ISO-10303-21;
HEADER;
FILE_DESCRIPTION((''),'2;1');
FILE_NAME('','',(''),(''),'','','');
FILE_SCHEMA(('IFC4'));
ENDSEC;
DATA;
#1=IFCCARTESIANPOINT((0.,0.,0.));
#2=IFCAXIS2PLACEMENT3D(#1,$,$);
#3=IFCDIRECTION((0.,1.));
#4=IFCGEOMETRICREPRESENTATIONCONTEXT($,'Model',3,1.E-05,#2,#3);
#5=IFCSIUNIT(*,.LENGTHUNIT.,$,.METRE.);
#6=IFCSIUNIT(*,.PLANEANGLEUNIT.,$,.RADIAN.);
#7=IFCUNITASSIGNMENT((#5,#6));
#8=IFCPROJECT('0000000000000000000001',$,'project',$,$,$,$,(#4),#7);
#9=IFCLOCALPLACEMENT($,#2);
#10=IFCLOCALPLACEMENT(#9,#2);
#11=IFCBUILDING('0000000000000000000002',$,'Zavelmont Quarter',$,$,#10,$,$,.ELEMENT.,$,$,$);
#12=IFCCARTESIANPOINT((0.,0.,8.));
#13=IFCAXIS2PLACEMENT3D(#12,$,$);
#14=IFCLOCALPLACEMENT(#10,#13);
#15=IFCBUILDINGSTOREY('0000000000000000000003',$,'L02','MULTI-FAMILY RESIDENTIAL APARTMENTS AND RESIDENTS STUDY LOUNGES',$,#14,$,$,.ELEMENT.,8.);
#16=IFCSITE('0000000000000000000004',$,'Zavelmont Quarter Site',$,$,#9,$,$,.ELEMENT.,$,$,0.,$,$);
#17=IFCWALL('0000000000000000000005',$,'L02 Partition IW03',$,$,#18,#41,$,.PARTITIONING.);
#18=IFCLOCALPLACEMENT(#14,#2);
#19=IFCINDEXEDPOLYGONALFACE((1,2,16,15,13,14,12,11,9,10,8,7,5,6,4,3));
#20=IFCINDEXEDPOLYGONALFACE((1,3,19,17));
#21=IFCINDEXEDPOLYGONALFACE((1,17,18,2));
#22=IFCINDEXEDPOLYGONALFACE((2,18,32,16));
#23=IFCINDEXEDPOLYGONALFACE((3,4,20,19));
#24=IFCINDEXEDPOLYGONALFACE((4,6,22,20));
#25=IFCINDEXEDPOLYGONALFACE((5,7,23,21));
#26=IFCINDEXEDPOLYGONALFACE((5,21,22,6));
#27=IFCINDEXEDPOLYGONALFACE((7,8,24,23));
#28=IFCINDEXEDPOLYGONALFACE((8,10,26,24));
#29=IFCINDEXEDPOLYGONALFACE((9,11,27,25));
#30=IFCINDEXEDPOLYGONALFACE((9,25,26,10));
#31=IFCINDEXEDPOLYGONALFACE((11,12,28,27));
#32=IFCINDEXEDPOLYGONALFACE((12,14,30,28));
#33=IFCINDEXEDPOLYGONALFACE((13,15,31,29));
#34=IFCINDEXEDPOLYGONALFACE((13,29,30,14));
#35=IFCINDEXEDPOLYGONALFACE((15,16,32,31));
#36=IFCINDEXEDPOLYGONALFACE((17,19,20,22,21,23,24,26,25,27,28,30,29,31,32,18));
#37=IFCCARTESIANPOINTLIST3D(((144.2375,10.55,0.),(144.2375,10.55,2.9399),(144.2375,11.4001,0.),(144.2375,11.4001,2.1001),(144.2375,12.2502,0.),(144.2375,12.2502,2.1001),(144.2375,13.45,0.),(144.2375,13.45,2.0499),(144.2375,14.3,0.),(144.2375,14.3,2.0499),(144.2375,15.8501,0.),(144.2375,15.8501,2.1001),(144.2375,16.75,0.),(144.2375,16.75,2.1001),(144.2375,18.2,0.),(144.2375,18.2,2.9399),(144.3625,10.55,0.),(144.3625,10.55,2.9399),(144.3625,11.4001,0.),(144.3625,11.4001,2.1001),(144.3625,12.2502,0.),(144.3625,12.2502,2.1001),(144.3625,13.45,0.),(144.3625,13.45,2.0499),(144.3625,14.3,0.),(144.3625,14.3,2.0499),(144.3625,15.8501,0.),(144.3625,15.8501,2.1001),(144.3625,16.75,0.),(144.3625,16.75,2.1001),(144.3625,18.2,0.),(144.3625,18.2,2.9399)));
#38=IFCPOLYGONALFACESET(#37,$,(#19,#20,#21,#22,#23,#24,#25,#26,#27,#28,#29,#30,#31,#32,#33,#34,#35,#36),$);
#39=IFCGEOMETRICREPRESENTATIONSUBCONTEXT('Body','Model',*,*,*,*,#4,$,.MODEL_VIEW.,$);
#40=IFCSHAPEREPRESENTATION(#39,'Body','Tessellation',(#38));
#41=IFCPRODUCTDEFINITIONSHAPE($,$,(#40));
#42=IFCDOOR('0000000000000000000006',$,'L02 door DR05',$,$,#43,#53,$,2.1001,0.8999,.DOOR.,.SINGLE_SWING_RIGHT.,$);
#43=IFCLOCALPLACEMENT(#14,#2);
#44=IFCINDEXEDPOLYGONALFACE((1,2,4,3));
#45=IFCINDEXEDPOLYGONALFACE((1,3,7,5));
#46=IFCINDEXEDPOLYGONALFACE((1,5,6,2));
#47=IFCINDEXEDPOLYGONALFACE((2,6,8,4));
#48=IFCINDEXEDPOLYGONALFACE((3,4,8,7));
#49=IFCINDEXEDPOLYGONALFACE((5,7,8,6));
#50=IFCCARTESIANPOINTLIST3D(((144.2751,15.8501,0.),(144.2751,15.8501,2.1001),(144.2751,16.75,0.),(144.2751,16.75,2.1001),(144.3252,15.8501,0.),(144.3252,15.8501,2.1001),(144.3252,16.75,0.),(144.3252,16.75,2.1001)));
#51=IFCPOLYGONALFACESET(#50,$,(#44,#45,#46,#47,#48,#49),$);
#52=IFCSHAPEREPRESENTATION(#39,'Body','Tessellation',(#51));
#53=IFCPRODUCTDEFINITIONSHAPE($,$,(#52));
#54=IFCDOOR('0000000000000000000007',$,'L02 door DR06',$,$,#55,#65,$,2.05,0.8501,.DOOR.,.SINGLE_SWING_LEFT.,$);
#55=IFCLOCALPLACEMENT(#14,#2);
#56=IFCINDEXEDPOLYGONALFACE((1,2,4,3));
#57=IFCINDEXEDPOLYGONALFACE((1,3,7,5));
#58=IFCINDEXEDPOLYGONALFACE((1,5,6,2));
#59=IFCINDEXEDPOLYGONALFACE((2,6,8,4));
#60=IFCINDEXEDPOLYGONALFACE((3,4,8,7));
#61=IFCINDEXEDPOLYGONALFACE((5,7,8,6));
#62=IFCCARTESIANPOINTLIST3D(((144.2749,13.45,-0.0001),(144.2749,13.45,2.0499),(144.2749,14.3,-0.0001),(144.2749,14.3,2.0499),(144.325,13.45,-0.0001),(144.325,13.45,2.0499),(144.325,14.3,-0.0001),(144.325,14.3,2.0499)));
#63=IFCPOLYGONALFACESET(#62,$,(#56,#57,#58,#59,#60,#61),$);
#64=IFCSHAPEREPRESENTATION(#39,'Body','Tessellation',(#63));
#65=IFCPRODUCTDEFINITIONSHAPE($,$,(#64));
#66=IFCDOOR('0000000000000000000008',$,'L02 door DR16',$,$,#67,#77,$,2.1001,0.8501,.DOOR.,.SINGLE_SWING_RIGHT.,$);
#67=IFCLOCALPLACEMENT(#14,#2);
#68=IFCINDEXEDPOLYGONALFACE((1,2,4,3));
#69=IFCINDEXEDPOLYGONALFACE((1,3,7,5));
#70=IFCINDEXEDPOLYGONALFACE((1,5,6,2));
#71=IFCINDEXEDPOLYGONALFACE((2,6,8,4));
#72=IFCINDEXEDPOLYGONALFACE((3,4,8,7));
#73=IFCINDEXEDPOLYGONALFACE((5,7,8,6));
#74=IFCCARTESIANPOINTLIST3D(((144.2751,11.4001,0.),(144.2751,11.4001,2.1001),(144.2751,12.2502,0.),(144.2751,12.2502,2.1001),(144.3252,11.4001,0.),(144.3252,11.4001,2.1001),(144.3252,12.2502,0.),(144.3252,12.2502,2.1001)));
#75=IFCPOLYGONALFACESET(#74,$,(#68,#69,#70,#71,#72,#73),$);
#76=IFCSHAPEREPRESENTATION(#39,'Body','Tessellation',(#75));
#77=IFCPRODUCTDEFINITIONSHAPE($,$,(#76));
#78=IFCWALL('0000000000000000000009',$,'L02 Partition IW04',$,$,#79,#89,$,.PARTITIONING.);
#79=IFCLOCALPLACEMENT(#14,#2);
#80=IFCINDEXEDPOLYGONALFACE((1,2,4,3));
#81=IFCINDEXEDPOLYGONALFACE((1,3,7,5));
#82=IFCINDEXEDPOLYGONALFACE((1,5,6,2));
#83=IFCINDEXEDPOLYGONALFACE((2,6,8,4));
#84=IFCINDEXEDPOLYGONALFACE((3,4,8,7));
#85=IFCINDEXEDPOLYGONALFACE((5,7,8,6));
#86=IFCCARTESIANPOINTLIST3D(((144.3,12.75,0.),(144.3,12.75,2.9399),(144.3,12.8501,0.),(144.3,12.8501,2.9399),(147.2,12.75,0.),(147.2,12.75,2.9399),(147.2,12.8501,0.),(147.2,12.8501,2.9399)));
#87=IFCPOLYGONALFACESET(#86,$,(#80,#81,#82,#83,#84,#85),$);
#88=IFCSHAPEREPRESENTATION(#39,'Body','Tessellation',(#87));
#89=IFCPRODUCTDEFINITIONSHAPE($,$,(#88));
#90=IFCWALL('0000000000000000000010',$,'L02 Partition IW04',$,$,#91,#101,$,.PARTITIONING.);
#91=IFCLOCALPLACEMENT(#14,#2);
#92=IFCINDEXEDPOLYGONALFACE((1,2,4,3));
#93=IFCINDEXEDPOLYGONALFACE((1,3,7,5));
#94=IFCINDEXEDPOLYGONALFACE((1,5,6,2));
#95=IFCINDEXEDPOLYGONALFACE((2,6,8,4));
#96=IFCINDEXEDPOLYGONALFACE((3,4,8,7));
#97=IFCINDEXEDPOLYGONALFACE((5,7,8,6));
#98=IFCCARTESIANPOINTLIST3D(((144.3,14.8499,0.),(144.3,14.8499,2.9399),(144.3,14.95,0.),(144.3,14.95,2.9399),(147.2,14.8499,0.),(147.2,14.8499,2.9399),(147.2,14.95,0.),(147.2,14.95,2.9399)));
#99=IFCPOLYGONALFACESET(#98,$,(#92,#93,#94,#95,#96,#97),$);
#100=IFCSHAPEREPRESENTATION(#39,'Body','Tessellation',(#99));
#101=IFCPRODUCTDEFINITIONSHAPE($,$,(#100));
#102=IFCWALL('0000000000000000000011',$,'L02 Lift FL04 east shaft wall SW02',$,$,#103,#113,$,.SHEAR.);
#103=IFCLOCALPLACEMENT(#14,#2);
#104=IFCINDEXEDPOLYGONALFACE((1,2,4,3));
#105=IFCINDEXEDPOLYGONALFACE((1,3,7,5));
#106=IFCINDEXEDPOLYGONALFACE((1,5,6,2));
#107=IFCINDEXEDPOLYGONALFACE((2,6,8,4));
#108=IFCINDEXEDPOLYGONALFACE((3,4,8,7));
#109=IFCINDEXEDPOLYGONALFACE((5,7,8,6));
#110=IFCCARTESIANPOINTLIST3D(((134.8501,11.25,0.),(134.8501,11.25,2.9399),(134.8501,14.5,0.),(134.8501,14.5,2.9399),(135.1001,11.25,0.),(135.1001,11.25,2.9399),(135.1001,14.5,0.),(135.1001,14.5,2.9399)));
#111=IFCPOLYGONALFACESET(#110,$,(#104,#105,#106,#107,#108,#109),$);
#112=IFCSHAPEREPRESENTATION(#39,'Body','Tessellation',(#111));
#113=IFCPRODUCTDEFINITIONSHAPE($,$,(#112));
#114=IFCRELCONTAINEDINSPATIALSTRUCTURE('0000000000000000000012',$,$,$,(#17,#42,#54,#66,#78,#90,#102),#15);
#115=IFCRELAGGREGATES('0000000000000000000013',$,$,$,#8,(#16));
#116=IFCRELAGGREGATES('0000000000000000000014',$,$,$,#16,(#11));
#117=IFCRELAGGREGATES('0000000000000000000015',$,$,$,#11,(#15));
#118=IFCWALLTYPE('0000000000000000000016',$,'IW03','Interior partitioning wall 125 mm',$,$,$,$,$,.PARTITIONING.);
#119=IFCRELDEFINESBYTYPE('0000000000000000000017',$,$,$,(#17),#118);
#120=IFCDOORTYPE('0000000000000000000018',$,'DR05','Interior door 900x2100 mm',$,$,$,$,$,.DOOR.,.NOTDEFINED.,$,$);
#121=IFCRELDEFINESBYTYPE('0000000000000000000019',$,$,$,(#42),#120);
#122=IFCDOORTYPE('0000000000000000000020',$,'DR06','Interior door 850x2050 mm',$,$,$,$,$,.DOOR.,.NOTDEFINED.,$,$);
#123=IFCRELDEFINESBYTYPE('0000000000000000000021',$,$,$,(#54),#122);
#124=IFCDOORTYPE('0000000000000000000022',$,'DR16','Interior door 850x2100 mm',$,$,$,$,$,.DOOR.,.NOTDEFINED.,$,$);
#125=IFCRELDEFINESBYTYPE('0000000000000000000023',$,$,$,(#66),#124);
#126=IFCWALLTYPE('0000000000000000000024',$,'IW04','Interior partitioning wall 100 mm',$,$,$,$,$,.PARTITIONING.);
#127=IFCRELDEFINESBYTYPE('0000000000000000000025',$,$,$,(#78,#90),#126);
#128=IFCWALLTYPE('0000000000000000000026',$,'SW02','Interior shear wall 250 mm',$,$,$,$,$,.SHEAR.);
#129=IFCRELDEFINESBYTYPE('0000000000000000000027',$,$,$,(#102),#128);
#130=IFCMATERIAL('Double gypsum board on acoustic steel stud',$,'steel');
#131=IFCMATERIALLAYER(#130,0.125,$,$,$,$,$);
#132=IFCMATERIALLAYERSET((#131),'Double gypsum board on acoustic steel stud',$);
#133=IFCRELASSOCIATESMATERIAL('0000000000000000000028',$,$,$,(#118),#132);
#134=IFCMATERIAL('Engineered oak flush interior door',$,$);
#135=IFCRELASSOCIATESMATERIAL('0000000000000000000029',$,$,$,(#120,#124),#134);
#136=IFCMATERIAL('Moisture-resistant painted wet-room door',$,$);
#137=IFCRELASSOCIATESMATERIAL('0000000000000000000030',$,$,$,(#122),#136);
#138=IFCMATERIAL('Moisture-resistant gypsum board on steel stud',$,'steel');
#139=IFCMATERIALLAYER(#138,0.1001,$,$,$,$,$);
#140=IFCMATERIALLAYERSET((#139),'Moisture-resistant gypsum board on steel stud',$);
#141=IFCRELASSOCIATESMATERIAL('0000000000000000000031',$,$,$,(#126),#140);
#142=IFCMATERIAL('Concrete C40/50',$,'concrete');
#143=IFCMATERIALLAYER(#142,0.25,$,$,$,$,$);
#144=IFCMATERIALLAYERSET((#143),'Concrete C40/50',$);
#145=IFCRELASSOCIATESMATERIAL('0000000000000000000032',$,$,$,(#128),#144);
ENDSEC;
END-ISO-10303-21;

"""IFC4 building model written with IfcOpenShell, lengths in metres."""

from ifc_helpers import new_model, si_unit, direction, frame, frame_2d, origin, origin_with_axes, place, context, subcontext, project, spatial, rectangle, extrude, material, layer, layer_set, type_object, element, fill, save


model = new_model("IFC4")

# Units and contexts
model_context = context("Model", 3, precision=1e-05, world=origin(), true_north=direction((0.0, 1.0)))
body_context = subcontext(model_context, "Body", "Model", "MODEL_VIEW")
ifc_project = project(units=[si_unit("LENGTHUNIT", "METRE"), si_unit("PLANEANGLEUNIT", "RADIAN")], contexts=[model_context])

# Site, building, storey
site_placement = place(None, origin())
site = spatial("IfcSite", under=ifc_project, at=site_placement, Name="Zavelmont Quarter Site", CompositionType="ELEMENT", RefElevation=0.0)
building_placement = place(site_placement, origin())
building = spatial("IfcBuilding", under=site, at=building_placement, Name="Zavelmont Quarter", CompositionType="ELEMENT")
storey_placement = place(building_placement, frame((0.0, 0.0, 8.0)))
storey = spatial("IfcBuildingStorey", under=building, at=storey_placement, Name="L02", Description="MULTI-FAMILY RESIDENTIAL APARTMENTS AND RESIDENTS STUDY LOUNGES", CompositionType="ELEMENT", Elevation=8.0)

# Shared definitions
ifc_material_1 = material(Name="Concrete C40/50", Category="concrete")

# Wall, openings, doors
ifc_material_2 = material(Name="Double gypsum board on acoustic steel stud", Category="steel")
ifc_layer_1 = layer(ifc_material_2, 0.125)
ifc_layer_set_1 = layer_set([ifc_layer_1], Name="Double gypsum board on acoustic steel stud")
wall_type_1 = type_object("IfcWallType", Name="IW03", Description="Interior partitioning wall 125 mm", PredefinedType="PARTITIONING", material=ifc_layer_set_1)
wall_1_placement = place(storey_placement, frame((144.3, 10.55, 0.0), z_axis=(0.0, 0.0, 1.0), x_axis=(0.0, 1.0, 0.0)))
wall_1 = element("IfcWall", 1, at=wall_1_placement, inside=storey, type_object=wall_type_1, Name="L02 Partition IW03", PredefinedType="PARTITIONING", context=body_context, shape_type="SweptSolid", body=[
    extrude(rectangle(XDim=7.6499, YDim=0.125, at=frame_2d((3.825, 0.0))), origin(), (0.0, 0.0, 1.0), 2.9399),
])
opening_1_placement = place(wall_1_placement, frame((0.8501, 0.0, 0.0)))
opening_1 = element("IfcOpeningElement", 2, at=opening_1_placement, cuts=wall_1, PredefinedType="OPENING", context=body_context, shape_type="SweptSolid", body=[
    extrude(rectangle(XDim=0.8501, YDim=2.1001, at=frame_2d((0.425, 1.05))), frame((0.0, 0.0745, 0.0), z_axis=(0.0, -1.0, 0.0), x_axis=(1.0, 0.0, 0.0)), (0.0, 0.0, 1.0), 0.1489),
])
opening_2_placement = place(wall_1_placement, frame((2.8999, 0.0, 0.0)))
opening_2 = element("IfcOpeningElement", 3, at=opening_2_placement, cuts=wall_1, PredefinedType="OPENING", context=body_context, shape_type="SweptSolid", body=[
    extrude(rectangle(XDim=0.8501, YDim=2.05, at=frame_2d((0.425, 1.0249))), frame((0.0, 0.0745, 0.0), z_axis=(0.0, -1.0, 0.0), x_axis=(1.0, 0.0, 0.0)), (0.0, 0.0, 1.0), 0.1489),
])
opening_3_placement = place(wall_1_placement, frame((5.3, 0.0, 0.0)))
opening_3 = element("IfcOpeningElement", 4, at=opening_3_placement, cuts=wall_1, PredefinedType="OPENING", context=body_context, shape_type="SweptSolid", body=[
    extrude(rectangle(XDim=0.8999, YDim=2.1001, at=frame_2d((0.45, 1.05))), frame((0.0, 0.0745, 0.0), z_axis=(0.0, -1.0, 0.0), x_axis=(1.0, 0.0, 0.0)), (0.0, 0.0, 1.0), 0.1489),
])
ifc_material_3 = material(Name="Engineered oak flush interior door")
door_type_1 = type_object("IfcDoorType", Name="DR05", Description="Interior door 900x2100 mm", OperationType="NOTDEFINED", PredefinedType="DOOR", material=ifc_material_3)
door_1_placement = place(opening_3_placement, origin_with_axes())
door_1 = element("IfcDoor", 5, at=door_1_placement, inside=storey, type_object=door_type_1, Name="L02 door DR05", OperationType="SINGLE_SWING_RIGHT", OverallHeight=2.1001, OverallWidth=0.8999, PredefinedType="DOOR", context=body_context, shape_type="SweptSolid", body=[
    extrude(rectangle(XDim=0.8999, YDim=2.1001, at=frame_2d((0.45, 1.05))), frame((0.0, 0.0249, 0.0), z_axis=(0.0, -1.0, 0.0), x_axis=(1.0, 0.0, 0.0)), (0.0, 0.0, 1.0), 0.05),
])
fill(opening_3, door_1)
ifc_material_4 = material(Name="Moisture-resistant painted wet-room door")
door_type_2 = type_object("IfcDoorType", Name="DR06", Description="Interior door 850x2050 mm", OperationType="NOTDEFINED", PredefinedType="DOOR", material=ifc_material_4)
door_2_placement = place(opening_2_placement, frame((0.8501, 0.0, 0.0), z_axis=(0.0, 0.0, 1.0), x_axis=(-1.0, 0.0, 0.0)))
door_2 = element("IfcDoor", 6, at=door_2_placement, inside=storey, type_object=door_type_2, Name="L02 door DR06", OperationType="SINGLE_SWING_LEFT", OverallHeight=2.05, OverallWidth=0.8501, PredefinedType="DOOR", context=body_context, shape_type="SweptSolid", body=[
    extrude(rectangle(XDim=0.8501, YDim=2.05, at=frame_2d((0.425, 1.0249))), frame((0.0, 0.0249, 0.0), z_axis=(0.0, -1.0, 0.0), x_axis=(1.0, 0.0, 0.0)), (0.0, 0.0, 1.0), 0.05),
])
fill(opening_2, door_2)
door_type_3 = type_object("IfcDoorType", Name="DR16", Description="Interior door 850x2100 mm", OperationType="NOTDEFINED", PredefinedType="DOOR", material=ifc_material_3)
door_3_placement = place(opening_1_placement, origin_with_axes())
door_3 = element("IfcDoor", 7, at=door_3_placement, inside=storey, type_object=door_type_3, Name="L02 door DR16", OperationType="SINGLE_SWING_RIGHT", OverallHeight=2.1001, OverallWidth=0.8501, PredefinedType="DOOR", context=body_context, shape_type="SweptSolid", body=[
    extrude(rectangle(XDim=0.8501, YDim=2.1001, at=frame_2d((0.425, 1.05))), frame((0.0, 0.0249, 0.0), z_axis=(0.0, -1.0, 0.0), x_axis=(1.0, 0.0, 0.0)), (0.0, 0.0, 1.0), 0.05),
])
fill(opening_1, door_3)

# Walls
ifc_material_5 = material(Name="Moisture-resistant gypsum board on steel stud", Category="steel")
ifc_layer_2 = layer(ifc_material_5, 0.1001)
ifc_layer_set_2 = layer_set([ifc_layer_2], Name="Moisture-resistant gypsum board on steel stud")
wall_type_2 = type_object("IfcWallType", Name="IW04", Description="Interior partitioning wall 100 mm", PredefinedType="PARTITIONING", material=ifc_layer_set_2)
for number, where, z_axis, x_axis, name in (
    (8, (144.3, 12.8, 0.0), (0.0, 0.0, 1.0), (1.0, 0.0, 0.0), "L02 Partition IW04"),
    (9, (144.3, 14.8999, 0.0), (0.0, 0.0, 1.0), (1.0, 0.0, 0.0), "L02 Partition IW04"),
):
    element("IfcWall", number, at=place(storey_placement, frame(where, z_axis=z_axis, x_axis=x_axis)), inside=storey, type_object=wall_type_2, Name=name, PredefinedType="PARTITIONING", context=body_context, shape_type="SweptSolid", body=[
        extrude(rectangle(XDim=2.8999, YDim=0.1001, at=frame_2d((1.45, 0.0))), origin(), (0.0, 0.0, 1.0), 2.9399),
    ])
ifc_layer_3 = layer(ifc_material_1, 0.25)
ifc_layer_set_3 = layer_set([ifc_layer_3], Name="Concrete C40/50")
wall_type_3 = type_object("IfcWallType", Name="SW02", Description="Interior shear wall 250 mm", PredefinedType="SHEAR", material=ifc_layer_set_3)
wall_2_placement = place(storey_placement, frame((134.9751, 11.25, 0.0), z_axis=(0.0, 0.0, 1.0), x_axis=(0.0, 1.0, 0.0)))
element("IfcWall", 10, at=wall_2_placement, inside=storey, type_object=wall_type_3, Name="L02 Lift FL04 east shaft wall SW02", PredefinedType="SHEAR", context=body_context, shape_type="SweptSolid", body=[
    extrude(rectangle(XDim=3.25, YDim=0.25, at=frame_2d((1.625, 0.0))), origin(), (0.0, 0.0, 1.0), 2.9399),
])

save(model, "model.ifc")
